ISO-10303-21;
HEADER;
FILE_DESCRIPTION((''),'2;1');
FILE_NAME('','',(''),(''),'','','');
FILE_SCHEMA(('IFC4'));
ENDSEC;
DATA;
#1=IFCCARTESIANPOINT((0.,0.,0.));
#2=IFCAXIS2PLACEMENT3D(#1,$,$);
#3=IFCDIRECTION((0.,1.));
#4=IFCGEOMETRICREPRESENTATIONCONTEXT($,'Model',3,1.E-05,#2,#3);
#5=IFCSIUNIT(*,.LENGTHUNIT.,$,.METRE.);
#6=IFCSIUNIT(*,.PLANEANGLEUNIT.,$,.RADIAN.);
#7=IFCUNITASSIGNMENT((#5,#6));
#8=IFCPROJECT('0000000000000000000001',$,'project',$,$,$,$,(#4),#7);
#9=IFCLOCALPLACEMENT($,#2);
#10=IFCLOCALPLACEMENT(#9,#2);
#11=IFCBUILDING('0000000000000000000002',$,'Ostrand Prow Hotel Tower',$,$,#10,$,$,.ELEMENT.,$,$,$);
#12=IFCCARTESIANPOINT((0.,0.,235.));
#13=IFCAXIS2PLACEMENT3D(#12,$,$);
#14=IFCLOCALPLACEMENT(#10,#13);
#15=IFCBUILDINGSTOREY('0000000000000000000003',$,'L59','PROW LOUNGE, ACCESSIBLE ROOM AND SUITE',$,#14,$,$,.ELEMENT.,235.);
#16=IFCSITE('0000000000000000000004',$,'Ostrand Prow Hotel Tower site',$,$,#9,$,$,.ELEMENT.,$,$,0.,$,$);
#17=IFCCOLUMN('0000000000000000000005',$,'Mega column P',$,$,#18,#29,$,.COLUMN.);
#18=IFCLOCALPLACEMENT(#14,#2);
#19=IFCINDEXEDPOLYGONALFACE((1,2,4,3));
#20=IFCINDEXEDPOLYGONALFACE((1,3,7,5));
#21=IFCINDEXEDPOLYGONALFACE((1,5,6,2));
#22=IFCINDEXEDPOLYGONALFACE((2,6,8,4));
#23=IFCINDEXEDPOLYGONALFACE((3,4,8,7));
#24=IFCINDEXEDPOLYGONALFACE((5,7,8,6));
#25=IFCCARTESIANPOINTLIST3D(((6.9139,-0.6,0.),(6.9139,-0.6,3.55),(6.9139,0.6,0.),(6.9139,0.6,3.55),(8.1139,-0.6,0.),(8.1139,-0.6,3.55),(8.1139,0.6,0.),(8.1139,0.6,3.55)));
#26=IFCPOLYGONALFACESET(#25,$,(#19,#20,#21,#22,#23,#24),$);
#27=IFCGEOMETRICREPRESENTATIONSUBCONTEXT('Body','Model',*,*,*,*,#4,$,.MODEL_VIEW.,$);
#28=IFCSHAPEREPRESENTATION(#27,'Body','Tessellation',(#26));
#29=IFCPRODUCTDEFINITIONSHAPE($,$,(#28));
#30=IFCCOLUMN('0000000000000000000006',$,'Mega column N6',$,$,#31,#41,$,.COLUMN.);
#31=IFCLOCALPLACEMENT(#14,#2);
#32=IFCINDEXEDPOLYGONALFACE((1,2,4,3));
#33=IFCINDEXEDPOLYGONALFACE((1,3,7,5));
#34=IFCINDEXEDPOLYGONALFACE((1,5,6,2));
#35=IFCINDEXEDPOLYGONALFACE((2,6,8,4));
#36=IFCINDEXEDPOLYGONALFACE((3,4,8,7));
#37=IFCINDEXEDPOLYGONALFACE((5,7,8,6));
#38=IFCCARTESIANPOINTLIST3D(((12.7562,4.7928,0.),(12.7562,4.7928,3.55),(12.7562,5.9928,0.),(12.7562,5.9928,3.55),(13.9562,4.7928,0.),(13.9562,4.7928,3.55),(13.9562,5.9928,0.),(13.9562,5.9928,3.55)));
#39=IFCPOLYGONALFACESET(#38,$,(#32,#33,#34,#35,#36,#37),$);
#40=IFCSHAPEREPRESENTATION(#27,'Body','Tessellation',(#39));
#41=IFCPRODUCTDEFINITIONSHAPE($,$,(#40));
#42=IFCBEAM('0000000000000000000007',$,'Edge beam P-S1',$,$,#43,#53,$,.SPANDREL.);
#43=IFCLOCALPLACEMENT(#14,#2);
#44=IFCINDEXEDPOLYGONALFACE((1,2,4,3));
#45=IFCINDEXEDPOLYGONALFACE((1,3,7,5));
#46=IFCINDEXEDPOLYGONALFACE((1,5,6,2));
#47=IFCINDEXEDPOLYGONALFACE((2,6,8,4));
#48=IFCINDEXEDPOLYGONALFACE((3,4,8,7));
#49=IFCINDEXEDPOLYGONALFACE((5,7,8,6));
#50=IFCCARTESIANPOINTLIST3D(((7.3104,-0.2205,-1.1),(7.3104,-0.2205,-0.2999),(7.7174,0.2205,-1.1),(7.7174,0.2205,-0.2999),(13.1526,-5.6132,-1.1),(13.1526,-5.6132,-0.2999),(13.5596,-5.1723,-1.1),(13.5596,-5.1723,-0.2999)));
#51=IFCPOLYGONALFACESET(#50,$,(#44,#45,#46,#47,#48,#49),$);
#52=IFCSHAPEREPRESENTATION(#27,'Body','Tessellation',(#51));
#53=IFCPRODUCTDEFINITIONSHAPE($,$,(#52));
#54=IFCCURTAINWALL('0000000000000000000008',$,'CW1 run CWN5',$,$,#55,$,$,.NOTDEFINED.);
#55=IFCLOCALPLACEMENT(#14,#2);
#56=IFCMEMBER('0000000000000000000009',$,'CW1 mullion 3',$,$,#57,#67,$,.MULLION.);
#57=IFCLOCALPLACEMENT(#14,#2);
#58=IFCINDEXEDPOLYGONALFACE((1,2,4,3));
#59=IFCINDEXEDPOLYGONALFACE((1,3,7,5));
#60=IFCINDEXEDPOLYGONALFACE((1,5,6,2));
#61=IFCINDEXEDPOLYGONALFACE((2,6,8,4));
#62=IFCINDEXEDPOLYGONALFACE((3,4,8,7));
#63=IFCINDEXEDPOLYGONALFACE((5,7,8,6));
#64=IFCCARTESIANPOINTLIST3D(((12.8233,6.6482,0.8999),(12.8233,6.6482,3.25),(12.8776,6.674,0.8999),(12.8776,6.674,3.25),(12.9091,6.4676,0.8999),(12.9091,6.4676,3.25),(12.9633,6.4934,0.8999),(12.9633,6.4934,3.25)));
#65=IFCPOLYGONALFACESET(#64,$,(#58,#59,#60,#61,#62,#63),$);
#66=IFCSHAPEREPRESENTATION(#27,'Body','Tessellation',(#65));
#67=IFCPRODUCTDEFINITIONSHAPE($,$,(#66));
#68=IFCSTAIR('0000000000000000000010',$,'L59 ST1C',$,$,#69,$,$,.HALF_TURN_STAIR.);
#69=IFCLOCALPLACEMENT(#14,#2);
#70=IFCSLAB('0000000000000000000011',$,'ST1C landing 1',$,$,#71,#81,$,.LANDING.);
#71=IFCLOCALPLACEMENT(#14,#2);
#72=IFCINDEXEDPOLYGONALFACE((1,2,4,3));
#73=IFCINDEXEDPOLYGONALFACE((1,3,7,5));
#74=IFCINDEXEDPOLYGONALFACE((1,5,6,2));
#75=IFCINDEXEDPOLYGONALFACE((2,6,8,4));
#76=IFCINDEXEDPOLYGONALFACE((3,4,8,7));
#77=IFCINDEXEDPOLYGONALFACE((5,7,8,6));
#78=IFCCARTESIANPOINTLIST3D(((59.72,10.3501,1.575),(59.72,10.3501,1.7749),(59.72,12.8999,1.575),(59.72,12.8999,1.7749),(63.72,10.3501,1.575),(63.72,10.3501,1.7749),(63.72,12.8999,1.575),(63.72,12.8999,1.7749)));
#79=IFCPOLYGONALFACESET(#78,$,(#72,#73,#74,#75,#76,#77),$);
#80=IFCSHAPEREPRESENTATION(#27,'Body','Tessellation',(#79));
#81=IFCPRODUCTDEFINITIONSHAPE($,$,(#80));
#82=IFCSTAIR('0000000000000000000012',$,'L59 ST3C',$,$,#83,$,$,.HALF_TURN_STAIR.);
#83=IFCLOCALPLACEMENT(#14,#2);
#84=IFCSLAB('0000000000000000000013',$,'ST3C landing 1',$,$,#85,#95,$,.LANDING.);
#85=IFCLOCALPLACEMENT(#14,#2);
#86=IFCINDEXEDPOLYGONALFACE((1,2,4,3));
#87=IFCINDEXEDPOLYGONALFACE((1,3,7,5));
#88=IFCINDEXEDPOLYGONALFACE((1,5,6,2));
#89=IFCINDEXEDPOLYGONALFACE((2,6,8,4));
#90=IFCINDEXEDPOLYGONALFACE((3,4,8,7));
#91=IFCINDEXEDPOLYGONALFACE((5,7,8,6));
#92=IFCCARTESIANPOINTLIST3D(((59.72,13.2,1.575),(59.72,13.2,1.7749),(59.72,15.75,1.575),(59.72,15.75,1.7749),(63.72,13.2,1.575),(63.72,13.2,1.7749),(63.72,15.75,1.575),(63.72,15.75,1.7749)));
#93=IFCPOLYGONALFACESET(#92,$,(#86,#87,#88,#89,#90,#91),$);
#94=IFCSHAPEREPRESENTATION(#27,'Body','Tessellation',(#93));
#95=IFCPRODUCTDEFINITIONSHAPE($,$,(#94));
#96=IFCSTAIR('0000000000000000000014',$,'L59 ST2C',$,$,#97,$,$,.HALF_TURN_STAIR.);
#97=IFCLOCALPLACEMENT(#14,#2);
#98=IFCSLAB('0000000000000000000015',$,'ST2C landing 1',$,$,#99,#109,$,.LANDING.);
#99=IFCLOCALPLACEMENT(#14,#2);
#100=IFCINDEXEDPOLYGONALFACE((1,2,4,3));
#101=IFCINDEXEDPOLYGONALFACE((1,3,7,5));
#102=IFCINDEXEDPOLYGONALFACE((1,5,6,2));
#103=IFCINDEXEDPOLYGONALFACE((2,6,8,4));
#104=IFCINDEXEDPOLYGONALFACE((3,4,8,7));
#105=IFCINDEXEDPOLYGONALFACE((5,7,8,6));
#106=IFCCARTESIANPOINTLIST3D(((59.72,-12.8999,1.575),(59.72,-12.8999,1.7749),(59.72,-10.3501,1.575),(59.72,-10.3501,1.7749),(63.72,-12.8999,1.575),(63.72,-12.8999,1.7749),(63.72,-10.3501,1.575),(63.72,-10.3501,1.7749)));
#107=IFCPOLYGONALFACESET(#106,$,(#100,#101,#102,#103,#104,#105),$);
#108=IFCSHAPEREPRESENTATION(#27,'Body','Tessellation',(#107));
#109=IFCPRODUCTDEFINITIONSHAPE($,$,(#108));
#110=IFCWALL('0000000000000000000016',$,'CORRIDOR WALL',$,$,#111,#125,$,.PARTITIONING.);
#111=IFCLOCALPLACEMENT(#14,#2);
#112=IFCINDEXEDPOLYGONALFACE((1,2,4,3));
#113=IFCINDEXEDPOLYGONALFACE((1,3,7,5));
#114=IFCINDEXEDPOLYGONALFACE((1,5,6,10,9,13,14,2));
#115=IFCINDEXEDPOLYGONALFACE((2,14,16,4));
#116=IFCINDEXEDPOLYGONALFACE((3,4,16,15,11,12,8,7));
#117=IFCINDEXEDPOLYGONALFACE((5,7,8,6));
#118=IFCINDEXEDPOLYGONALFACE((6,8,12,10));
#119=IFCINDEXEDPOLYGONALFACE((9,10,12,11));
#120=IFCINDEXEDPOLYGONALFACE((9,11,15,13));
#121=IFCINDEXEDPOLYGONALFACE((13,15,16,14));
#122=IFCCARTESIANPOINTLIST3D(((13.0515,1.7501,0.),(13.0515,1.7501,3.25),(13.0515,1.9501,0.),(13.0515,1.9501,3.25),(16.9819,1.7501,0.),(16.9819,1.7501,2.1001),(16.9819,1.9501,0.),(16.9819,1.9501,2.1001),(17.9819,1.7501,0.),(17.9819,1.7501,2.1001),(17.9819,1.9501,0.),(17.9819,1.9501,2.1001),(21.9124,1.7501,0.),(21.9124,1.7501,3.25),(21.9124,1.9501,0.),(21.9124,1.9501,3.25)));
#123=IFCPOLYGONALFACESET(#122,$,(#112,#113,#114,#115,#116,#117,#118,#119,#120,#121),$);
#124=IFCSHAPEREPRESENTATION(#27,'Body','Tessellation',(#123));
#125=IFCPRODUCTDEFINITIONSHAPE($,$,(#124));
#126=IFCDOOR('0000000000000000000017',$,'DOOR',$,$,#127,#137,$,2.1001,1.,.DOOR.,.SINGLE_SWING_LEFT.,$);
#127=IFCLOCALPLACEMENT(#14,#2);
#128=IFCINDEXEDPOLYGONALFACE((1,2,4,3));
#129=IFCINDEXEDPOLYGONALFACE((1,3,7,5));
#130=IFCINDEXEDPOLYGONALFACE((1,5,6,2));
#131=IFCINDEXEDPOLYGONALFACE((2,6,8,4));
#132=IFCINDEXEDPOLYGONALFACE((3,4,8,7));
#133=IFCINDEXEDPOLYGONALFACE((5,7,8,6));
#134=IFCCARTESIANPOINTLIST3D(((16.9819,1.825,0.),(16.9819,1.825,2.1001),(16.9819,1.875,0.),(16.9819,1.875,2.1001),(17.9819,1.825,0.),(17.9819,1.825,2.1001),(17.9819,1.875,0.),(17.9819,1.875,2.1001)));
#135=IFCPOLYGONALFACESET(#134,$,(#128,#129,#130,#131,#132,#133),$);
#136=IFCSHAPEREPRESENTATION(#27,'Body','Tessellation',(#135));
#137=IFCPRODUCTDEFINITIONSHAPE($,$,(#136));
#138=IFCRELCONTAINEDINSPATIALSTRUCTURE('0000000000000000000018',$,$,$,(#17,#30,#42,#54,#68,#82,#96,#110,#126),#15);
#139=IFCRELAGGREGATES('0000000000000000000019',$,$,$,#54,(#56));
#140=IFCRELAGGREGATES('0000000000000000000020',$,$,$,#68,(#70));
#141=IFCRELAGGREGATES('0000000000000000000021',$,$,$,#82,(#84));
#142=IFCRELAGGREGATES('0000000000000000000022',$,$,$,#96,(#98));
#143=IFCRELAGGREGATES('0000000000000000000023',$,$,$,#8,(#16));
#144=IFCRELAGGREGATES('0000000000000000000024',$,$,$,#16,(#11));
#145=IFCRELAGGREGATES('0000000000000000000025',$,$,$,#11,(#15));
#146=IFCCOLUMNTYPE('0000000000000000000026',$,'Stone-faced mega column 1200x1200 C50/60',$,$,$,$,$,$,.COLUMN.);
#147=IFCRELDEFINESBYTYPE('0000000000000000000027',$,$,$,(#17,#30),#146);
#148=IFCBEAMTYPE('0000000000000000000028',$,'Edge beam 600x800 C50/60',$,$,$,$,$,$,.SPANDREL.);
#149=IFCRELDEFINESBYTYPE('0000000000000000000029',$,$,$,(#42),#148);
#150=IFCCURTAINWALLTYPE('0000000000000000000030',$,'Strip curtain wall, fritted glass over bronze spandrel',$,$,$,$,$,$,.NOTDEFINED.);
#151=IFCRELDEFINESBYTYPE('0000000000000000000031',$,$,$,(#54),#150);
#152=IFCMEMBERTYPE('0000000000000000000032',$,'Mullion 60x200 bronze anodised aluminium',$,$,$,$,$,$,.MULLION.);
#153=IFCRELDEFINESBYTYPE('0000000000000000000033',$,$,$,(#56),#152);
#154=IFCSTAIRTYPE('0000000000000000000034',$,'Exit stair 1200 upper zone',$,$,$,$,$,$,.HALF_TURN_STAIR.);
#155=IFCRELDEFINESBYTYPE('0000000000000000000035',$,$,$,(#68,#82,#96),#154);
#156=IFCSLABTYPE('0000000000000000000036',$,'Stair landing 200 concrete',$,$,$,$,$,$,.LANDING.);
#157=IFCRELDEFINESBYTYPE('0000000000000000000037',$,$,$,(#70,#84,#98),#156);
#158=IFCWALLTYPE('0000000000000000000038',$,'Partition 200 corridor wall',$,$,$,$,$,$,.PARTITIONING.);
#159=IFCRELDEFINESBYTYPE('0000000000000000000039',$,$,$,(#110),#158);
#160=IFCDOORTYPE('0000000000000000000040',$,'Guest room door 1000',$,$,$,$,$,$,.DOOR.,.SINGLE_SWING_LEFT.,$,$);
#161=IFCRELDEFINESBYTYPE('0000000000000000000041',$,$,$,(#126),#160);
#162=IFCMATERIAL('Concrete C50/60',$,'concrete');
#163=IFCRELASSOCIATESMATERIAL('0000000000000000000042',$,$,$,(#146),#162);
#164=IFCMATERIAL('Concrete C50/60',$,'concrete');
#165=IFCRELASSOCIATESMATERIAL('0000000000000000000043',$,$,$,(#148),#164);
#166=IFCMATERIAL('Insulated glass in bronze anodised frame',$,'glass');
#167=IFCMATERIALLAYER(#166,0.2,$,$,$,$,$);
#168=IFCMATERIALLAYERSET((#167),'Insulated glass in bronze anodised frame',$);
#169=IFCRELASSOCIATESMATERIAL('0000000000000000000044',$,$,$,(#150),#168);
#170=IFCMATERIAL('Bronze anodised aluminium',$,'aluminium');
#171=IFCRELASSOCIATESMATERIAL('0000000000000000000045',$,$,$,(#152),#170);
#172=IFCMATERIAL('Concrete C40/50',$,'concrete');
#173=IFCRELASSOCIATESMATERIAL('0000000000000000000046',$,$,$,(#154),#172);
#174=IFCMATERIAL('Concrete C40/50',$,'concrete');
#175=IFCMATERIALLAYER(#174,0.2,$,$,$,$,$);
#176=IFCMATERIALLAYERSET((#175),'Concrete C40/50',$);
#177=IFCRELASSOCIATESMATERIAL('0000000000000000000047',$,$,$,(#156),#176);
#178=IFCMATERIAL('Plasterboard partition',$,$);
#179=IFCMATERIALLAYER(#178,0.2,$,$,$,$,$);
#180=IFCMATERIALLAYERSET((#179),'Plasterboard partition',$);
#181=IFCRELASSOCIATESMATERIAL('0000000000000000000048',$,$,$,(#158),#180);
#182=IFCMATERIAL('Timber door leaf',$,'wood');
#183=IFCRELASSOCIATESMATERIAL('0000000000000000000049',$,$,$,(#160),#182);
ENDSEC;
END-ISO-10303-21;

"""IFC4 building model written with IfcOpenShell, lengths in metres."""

from ifc_helpers import new_model, si_unit, direction, frame, frame_2d, origin, origin_2d, place, context, subcontext, project, spatial, polyline, rectangle, outline, extrude, material, layer, layer_set, material_profile, profile_set, type_object, element, fill, aggregate, save


model = new_model("IFC4")

# Units and contexts
model_context = context("Model", 3, precision=1e-05, world=origin(), true_north=direction((0.0, 1.0)))
body_context = subcontext(model_context, "Body", "Model", "MODEL_VIEW")
ifc_project = project(units=[si_unit("LENGTHUNIT", "METRE"), si_unit("PLANEANGLEUNIT", "RADIAN")], contexts=[model_context])

# Site, building, storey
site_placement = place(None, origin())
site = spatial("IfcSite", under=ifc_project, at=site_placement, Name="Ostrand Prow Hotel Tower site", CompositionType="ELEMENT", RefElevation=0.0)
building_placement = place(site_placement, origin())
building = spatial("IfcBuilding", under=site, at=building_placement, Name="Ostrand Prow Hotel Tower", CompositionType="ELEMENT")
storey_placement = place(building_placement, frame((0.0, 0.0, 235.0)))
storey = spatial("IfcBuildingStorey", under=building, at=storey_placement, Name="L59", Description="PROW LOUNGE, ACCESSIBLE ROOM AND SUITE", CompositionType="ELEMENT", Elevation=235.0)

# Columns
ifc_material_1 = material(Name="Concrete C50/60", Category="concrete")
ifc_material_profile_1 = material_profile(ifc_material_1, rectangle(XDim=1.2, YDim=1.2, at=origin_2d()), Name="RC 1200x1200")
ifc_profile_set_1 = profile_set([ifc_material_profile_1], Name="Concrete C50/60")
column_type = type_object("IfcColumnType", Name="Stone-faced mega column 1200x1200 C50/60", PredefinedType="COLUMN", material=ifc_profile_set_1)
for number, where, z_axis, x_axis, name in (
    (1, (7.5139, 0.0, 0.0), (0.0, 0.0, 1.0), (1.0, 0.0, 0.0), "Mega column P"),
    (2, (13.3562, 5.3928, 0.0), (0.0, 0.0, 1.0), (1.0, 0.0, 0.0), "Mega column N6"),
):
    element("IfcColumn", number, at=place(storey_placement, frame(where, z_axis=z_axis, x_axis=x_axis)), inside=storey, type_object=column_type, Name=name, PredefinedType="COLUMN", context=body_context, shape_type="SweptSolid", body=[
        extrude(rectangle(XDim=1.2, YDim=1.2, at=origin_2d()), origin(), (0.0, 0.0, 1.0), 3.55),
    ])

# Beam
ifc_material_2 = material(Name="Concrete C50/60", Category="concrete")
ifc_material_profile_2 = material_profile(ifc_material_2, rectangle(XDim=0.6001, YDim=0.8, at=origin_2d()), Name="RC 600x800")
ifc_profile_set_2 = profile_set([ifc_material_profile_2], Name="Concrete C50/60")
beam_type = type_object("IfcBeamType", Name="Edge beam 600x800 C50/60", PredefinedType="SPANDREL", material=ifc_profile_set_2)
beam_placement = place(storey_placement, frame((7.5139, 0.0, -0.7), z_axis=(0.734807, -0.678276, 0.0), x_axis=(0.678276, 0.734807, 0.0)))
element("IfcBeam", 3, at=beam_placement, inside=storey, type_object=beam_type, Name="Edge beam P-S1", PredefinedType="SPANDREL", context=body_context, shape_type="SweptSolid", body=[
    extrude(rectangle(XDim=0.6001, YDim=0.8, at=origin_2d()), origin(), (0.0, 0.0, 1.0), 7.9507),
])

# Curtain wall, member
ifc_material_3 = material(Name="Insulated glass in bronze anodised frame", Category="glass")
ifc_layer_1 = layer(ifc_material_3, 0.2)
ifc_layer_set_1 = layer_set([ifc_layer_1], Name="Insulated glass in bronze anodised frame")
curtain_wall_type = type_object("IfcCurtainWallType", Name="Strip curtain wall, fritted glass over bronze spandrel", PredefinedType="NOTDEFINED", material=ifc_layer_set_1)
curtain_wall_placement = place(storey_placement, origin())
curtain_wall = element("IfcCurtainWall", 4, at=curtain_wall_placement, inside=storey, type_object=curtain_wall_type, Name="CW1 run CWN5", PredefinedType="NOTDEFINED")
ifc_material_4 = material(Name="Bronze anodised aluminium", Category="aluminium")
ifc_material_profile_3 = material_profile(ifc_material_4, rectangle(XDim=0.2, YDim=0.0601, at=origin_2d()), Name="Mullion 60x200 bronze anodised aluminium")
ifc_profile_set_3 = profile_set([ifc_material_profile_3], Name="Bronze anodised aluminium")
member_type = type_object("IfcMemberType", Name="Mullion 60x200 bronze anodised aluminium", PredefinedType="MULLION", material=ifc_profile_set_3)
member_placement = place(storey_placement, frame((12.8933, 6.5708, 0.8999), z_axis=(0.0, 0.0, 1.0), x_axis=(0.428861, -0.90337, 0.0)))
member = element("IfcMember", 5, at=member_placement, type_object=member_type, Name="CW1 mullion 3", PredefinedType="MULLION", context=body_context, shape_type="SweptSolid", body=[
    extrude(rectangle(XDim=0.2, YDim=0.0601, at=origin_2d()), origin(), (0.0, 0.0, 1.0), 2.3501),
])
aggregate(curtain_wall, [member])

# Stairs, slabs
ifc_material_5 = material(Name="Concrete C40/50", Category="concrete")
stair_type = type_object("IfcStairType", Name="Exit stair 1200 upper zone", PredefinedType="HALF_TURN_STAIR", material=ifc_material_5)
stair_1_placement = place(storey_placement, origin())
stair_1 = element("IfcStair", 6, at=stair_1_placement, inside=storey, type_object=stair_type, Name="L59 ST1C", PredefinedType="HALF_TURN_STAIR")
ifc_material_6 = material(Name="Concrete C40/50", Category="concrete")
ifc_layer_2 = layer(ifc_material_6, 0.2)
ifc_layer_set_2 = layer_set([ifc_layer_2], Name="Concrete C40/50")
slab_type = type_object("IfcSlabType", Name="Stair landing 200 concrete", PredefinedType="LANDING", material=ifc_layer_set_2)
slab_1_placement = place(storey_placement, frame((0.0, 0.0, 1.575)))
slab_1 = element("IfcSlab", 7, at=slab_1_placement, type_object=slab_type, Name="ST1C landing 1", PredefinedType="LANDING", context=body_context, shape_type="SweptSolid", body=[
    extrude(outline(polyline([(59.72, 10.3501), (63.72, 10.3501), (63.72, 12.8999), (59.72, 12.8999), (59.72, 10.3501)])), origin(), (0.0, 0.0, 1.0), 0.2),
])
aggregate(stair_1, [slab_1])
stair_2_placement = place(storey_placement, origin())
stair_2 = element("IfcStair", 8, at=stair_2_placement, inside=storey, type_object=stair_type, Name="L59 ST3C", PredefinedType="HALF_TURN_STAIR")
slab_2_placement = place(storey_placement, frame((0.0, 0.0, 1.575)))
slab_2 = element("IfcSlab", 9, at=slab_2_placement, type_object=slab_type, Name="ST3C landing 1", PredefinedType="LANDING", context=body_context, shape_type="SweptSolid", body=[
    extrude(outline(polyline([(59.72, 13.2), (63.72, 13.2), (63.72, 15.75), (59.72, 15.75), (59.72, 13.2)])), origin(), (0.0, 0.0, 1.0), 0.2),
])
aggregate(stair_2, [slab_2])
stair_3_placement = place(storey_placement, origin())
stair_3 = element("IfcStair", 10, at=stair_3_placement, inside=storey, type_object=stair_type, Name="L59 ST2C", PredefinedType="HALF_TURN_STAIR")
slab_3_placement = place(storey_placement, frame((0.0, 0.0, 1.575)))
slab_3 = element("IfcSlab", 11, at=slab_3_placement, type_object=slab_type, Name="ST2C landing 1", PredefinedType="LANDING", context=body_context, shape_type="SweptSolid", body=[
    extrude(outline(polyline([(59.72, -12.8999), (63.72, -12.8999), (63.72, -10.3501), (59.72, -10.3501), (59.72, -12.8999)])), origin(), (0.0, 0.0, 1.0), 0.2),
])
aggregate(stair_3, [slab_3])

# Wall, opening, door
ifc_material_7 = material(Name="Plasterboard partition")
ifc_layer_3 = layer(ifc_material_7, 0.2)
ifc_layer_set_3 = layer_set([ifc_layer_3], Name="Plasterboard partition")
wall_type_1 = type_object("IfcWallType", Name="Partition 200 corridor wall", PredefinedType="PARTITIONING", material=ifc_layer_set_3)
wall_1_placement = place(storey_placement, frame((13.0515, 1.8501, 0.0), z_axis=(0.0, 0.0, 1.0), x_axis=(1.0, 0.0, 0.0)))
wall_1 = element("IfcWall", 12, at=wall_1_placement, inside=storey, type_object=wall_type_1, Name="CORRIDOR WALL", PredefinedType="PARTITIONING", context=body_context, shape_type="SweptSolid", body=[
    extrude(rectangle(XDim=8.8608, YDim=0.2, at=frame_2d((4.4304, 0.0))), origin(), (0.0, 0.0, 1.0), 3.25),
])
opening_1_placement = place(wall_1_placement, frame((3.9304, 0.0, 0.0)))
opening_1 = element("IfcOpeningElement", 13, at=opening_1_placement, cuts=wall_1, PredefinedType="OPENING", context=body_context, shape_type="SweptSolid", body=[
    extrude(rectangle(XDim=1.0, YDim=2.1001, at=frame_2d((0.5, 1.05))), frame((0.0, 0.1099, 0.0), z_axis=(0.0, -1.0, 0.0), x_axis=(1.0, 0.0, 0.0)), (0.0, 0.0, 1.0), 0.22),
])
ifc_material_8 = material(Name="Timber door leaf", Category="wood")
door_type = type_object("IfcDoorType", Name="Guest room door 1000", OperationType="SINGLE_SWING_LEFT", PredefinedType="DOOR", material=ifc_material_8)
door_placement = place(opening_1_placement, origin())
door = element("IfcDoor", 14, at=door_placement, inside=storey, type_object=door_type, Name="DOOR", OperationType="SINGLE_SWING_LEFT", OverallHeight=2.1001, OverallWidth=1.0, PredefinedType="DOOR", context=body_context, shape_type="SweptSolid", body=[
    extrude(rectangle(XDim=1.0, YDim=2.1001, at=frame_2d((0.5, 1.05))), frame((0.0, 0.0249, 0.0), z_axis=(0.0, -1.0, 0.0), x_axis=(1.0, 0.0, 0.0)), (0.0, 0.0, 1.0), 0.05),
])
fill(opening_1, door)

save(model, "model.ifc")
